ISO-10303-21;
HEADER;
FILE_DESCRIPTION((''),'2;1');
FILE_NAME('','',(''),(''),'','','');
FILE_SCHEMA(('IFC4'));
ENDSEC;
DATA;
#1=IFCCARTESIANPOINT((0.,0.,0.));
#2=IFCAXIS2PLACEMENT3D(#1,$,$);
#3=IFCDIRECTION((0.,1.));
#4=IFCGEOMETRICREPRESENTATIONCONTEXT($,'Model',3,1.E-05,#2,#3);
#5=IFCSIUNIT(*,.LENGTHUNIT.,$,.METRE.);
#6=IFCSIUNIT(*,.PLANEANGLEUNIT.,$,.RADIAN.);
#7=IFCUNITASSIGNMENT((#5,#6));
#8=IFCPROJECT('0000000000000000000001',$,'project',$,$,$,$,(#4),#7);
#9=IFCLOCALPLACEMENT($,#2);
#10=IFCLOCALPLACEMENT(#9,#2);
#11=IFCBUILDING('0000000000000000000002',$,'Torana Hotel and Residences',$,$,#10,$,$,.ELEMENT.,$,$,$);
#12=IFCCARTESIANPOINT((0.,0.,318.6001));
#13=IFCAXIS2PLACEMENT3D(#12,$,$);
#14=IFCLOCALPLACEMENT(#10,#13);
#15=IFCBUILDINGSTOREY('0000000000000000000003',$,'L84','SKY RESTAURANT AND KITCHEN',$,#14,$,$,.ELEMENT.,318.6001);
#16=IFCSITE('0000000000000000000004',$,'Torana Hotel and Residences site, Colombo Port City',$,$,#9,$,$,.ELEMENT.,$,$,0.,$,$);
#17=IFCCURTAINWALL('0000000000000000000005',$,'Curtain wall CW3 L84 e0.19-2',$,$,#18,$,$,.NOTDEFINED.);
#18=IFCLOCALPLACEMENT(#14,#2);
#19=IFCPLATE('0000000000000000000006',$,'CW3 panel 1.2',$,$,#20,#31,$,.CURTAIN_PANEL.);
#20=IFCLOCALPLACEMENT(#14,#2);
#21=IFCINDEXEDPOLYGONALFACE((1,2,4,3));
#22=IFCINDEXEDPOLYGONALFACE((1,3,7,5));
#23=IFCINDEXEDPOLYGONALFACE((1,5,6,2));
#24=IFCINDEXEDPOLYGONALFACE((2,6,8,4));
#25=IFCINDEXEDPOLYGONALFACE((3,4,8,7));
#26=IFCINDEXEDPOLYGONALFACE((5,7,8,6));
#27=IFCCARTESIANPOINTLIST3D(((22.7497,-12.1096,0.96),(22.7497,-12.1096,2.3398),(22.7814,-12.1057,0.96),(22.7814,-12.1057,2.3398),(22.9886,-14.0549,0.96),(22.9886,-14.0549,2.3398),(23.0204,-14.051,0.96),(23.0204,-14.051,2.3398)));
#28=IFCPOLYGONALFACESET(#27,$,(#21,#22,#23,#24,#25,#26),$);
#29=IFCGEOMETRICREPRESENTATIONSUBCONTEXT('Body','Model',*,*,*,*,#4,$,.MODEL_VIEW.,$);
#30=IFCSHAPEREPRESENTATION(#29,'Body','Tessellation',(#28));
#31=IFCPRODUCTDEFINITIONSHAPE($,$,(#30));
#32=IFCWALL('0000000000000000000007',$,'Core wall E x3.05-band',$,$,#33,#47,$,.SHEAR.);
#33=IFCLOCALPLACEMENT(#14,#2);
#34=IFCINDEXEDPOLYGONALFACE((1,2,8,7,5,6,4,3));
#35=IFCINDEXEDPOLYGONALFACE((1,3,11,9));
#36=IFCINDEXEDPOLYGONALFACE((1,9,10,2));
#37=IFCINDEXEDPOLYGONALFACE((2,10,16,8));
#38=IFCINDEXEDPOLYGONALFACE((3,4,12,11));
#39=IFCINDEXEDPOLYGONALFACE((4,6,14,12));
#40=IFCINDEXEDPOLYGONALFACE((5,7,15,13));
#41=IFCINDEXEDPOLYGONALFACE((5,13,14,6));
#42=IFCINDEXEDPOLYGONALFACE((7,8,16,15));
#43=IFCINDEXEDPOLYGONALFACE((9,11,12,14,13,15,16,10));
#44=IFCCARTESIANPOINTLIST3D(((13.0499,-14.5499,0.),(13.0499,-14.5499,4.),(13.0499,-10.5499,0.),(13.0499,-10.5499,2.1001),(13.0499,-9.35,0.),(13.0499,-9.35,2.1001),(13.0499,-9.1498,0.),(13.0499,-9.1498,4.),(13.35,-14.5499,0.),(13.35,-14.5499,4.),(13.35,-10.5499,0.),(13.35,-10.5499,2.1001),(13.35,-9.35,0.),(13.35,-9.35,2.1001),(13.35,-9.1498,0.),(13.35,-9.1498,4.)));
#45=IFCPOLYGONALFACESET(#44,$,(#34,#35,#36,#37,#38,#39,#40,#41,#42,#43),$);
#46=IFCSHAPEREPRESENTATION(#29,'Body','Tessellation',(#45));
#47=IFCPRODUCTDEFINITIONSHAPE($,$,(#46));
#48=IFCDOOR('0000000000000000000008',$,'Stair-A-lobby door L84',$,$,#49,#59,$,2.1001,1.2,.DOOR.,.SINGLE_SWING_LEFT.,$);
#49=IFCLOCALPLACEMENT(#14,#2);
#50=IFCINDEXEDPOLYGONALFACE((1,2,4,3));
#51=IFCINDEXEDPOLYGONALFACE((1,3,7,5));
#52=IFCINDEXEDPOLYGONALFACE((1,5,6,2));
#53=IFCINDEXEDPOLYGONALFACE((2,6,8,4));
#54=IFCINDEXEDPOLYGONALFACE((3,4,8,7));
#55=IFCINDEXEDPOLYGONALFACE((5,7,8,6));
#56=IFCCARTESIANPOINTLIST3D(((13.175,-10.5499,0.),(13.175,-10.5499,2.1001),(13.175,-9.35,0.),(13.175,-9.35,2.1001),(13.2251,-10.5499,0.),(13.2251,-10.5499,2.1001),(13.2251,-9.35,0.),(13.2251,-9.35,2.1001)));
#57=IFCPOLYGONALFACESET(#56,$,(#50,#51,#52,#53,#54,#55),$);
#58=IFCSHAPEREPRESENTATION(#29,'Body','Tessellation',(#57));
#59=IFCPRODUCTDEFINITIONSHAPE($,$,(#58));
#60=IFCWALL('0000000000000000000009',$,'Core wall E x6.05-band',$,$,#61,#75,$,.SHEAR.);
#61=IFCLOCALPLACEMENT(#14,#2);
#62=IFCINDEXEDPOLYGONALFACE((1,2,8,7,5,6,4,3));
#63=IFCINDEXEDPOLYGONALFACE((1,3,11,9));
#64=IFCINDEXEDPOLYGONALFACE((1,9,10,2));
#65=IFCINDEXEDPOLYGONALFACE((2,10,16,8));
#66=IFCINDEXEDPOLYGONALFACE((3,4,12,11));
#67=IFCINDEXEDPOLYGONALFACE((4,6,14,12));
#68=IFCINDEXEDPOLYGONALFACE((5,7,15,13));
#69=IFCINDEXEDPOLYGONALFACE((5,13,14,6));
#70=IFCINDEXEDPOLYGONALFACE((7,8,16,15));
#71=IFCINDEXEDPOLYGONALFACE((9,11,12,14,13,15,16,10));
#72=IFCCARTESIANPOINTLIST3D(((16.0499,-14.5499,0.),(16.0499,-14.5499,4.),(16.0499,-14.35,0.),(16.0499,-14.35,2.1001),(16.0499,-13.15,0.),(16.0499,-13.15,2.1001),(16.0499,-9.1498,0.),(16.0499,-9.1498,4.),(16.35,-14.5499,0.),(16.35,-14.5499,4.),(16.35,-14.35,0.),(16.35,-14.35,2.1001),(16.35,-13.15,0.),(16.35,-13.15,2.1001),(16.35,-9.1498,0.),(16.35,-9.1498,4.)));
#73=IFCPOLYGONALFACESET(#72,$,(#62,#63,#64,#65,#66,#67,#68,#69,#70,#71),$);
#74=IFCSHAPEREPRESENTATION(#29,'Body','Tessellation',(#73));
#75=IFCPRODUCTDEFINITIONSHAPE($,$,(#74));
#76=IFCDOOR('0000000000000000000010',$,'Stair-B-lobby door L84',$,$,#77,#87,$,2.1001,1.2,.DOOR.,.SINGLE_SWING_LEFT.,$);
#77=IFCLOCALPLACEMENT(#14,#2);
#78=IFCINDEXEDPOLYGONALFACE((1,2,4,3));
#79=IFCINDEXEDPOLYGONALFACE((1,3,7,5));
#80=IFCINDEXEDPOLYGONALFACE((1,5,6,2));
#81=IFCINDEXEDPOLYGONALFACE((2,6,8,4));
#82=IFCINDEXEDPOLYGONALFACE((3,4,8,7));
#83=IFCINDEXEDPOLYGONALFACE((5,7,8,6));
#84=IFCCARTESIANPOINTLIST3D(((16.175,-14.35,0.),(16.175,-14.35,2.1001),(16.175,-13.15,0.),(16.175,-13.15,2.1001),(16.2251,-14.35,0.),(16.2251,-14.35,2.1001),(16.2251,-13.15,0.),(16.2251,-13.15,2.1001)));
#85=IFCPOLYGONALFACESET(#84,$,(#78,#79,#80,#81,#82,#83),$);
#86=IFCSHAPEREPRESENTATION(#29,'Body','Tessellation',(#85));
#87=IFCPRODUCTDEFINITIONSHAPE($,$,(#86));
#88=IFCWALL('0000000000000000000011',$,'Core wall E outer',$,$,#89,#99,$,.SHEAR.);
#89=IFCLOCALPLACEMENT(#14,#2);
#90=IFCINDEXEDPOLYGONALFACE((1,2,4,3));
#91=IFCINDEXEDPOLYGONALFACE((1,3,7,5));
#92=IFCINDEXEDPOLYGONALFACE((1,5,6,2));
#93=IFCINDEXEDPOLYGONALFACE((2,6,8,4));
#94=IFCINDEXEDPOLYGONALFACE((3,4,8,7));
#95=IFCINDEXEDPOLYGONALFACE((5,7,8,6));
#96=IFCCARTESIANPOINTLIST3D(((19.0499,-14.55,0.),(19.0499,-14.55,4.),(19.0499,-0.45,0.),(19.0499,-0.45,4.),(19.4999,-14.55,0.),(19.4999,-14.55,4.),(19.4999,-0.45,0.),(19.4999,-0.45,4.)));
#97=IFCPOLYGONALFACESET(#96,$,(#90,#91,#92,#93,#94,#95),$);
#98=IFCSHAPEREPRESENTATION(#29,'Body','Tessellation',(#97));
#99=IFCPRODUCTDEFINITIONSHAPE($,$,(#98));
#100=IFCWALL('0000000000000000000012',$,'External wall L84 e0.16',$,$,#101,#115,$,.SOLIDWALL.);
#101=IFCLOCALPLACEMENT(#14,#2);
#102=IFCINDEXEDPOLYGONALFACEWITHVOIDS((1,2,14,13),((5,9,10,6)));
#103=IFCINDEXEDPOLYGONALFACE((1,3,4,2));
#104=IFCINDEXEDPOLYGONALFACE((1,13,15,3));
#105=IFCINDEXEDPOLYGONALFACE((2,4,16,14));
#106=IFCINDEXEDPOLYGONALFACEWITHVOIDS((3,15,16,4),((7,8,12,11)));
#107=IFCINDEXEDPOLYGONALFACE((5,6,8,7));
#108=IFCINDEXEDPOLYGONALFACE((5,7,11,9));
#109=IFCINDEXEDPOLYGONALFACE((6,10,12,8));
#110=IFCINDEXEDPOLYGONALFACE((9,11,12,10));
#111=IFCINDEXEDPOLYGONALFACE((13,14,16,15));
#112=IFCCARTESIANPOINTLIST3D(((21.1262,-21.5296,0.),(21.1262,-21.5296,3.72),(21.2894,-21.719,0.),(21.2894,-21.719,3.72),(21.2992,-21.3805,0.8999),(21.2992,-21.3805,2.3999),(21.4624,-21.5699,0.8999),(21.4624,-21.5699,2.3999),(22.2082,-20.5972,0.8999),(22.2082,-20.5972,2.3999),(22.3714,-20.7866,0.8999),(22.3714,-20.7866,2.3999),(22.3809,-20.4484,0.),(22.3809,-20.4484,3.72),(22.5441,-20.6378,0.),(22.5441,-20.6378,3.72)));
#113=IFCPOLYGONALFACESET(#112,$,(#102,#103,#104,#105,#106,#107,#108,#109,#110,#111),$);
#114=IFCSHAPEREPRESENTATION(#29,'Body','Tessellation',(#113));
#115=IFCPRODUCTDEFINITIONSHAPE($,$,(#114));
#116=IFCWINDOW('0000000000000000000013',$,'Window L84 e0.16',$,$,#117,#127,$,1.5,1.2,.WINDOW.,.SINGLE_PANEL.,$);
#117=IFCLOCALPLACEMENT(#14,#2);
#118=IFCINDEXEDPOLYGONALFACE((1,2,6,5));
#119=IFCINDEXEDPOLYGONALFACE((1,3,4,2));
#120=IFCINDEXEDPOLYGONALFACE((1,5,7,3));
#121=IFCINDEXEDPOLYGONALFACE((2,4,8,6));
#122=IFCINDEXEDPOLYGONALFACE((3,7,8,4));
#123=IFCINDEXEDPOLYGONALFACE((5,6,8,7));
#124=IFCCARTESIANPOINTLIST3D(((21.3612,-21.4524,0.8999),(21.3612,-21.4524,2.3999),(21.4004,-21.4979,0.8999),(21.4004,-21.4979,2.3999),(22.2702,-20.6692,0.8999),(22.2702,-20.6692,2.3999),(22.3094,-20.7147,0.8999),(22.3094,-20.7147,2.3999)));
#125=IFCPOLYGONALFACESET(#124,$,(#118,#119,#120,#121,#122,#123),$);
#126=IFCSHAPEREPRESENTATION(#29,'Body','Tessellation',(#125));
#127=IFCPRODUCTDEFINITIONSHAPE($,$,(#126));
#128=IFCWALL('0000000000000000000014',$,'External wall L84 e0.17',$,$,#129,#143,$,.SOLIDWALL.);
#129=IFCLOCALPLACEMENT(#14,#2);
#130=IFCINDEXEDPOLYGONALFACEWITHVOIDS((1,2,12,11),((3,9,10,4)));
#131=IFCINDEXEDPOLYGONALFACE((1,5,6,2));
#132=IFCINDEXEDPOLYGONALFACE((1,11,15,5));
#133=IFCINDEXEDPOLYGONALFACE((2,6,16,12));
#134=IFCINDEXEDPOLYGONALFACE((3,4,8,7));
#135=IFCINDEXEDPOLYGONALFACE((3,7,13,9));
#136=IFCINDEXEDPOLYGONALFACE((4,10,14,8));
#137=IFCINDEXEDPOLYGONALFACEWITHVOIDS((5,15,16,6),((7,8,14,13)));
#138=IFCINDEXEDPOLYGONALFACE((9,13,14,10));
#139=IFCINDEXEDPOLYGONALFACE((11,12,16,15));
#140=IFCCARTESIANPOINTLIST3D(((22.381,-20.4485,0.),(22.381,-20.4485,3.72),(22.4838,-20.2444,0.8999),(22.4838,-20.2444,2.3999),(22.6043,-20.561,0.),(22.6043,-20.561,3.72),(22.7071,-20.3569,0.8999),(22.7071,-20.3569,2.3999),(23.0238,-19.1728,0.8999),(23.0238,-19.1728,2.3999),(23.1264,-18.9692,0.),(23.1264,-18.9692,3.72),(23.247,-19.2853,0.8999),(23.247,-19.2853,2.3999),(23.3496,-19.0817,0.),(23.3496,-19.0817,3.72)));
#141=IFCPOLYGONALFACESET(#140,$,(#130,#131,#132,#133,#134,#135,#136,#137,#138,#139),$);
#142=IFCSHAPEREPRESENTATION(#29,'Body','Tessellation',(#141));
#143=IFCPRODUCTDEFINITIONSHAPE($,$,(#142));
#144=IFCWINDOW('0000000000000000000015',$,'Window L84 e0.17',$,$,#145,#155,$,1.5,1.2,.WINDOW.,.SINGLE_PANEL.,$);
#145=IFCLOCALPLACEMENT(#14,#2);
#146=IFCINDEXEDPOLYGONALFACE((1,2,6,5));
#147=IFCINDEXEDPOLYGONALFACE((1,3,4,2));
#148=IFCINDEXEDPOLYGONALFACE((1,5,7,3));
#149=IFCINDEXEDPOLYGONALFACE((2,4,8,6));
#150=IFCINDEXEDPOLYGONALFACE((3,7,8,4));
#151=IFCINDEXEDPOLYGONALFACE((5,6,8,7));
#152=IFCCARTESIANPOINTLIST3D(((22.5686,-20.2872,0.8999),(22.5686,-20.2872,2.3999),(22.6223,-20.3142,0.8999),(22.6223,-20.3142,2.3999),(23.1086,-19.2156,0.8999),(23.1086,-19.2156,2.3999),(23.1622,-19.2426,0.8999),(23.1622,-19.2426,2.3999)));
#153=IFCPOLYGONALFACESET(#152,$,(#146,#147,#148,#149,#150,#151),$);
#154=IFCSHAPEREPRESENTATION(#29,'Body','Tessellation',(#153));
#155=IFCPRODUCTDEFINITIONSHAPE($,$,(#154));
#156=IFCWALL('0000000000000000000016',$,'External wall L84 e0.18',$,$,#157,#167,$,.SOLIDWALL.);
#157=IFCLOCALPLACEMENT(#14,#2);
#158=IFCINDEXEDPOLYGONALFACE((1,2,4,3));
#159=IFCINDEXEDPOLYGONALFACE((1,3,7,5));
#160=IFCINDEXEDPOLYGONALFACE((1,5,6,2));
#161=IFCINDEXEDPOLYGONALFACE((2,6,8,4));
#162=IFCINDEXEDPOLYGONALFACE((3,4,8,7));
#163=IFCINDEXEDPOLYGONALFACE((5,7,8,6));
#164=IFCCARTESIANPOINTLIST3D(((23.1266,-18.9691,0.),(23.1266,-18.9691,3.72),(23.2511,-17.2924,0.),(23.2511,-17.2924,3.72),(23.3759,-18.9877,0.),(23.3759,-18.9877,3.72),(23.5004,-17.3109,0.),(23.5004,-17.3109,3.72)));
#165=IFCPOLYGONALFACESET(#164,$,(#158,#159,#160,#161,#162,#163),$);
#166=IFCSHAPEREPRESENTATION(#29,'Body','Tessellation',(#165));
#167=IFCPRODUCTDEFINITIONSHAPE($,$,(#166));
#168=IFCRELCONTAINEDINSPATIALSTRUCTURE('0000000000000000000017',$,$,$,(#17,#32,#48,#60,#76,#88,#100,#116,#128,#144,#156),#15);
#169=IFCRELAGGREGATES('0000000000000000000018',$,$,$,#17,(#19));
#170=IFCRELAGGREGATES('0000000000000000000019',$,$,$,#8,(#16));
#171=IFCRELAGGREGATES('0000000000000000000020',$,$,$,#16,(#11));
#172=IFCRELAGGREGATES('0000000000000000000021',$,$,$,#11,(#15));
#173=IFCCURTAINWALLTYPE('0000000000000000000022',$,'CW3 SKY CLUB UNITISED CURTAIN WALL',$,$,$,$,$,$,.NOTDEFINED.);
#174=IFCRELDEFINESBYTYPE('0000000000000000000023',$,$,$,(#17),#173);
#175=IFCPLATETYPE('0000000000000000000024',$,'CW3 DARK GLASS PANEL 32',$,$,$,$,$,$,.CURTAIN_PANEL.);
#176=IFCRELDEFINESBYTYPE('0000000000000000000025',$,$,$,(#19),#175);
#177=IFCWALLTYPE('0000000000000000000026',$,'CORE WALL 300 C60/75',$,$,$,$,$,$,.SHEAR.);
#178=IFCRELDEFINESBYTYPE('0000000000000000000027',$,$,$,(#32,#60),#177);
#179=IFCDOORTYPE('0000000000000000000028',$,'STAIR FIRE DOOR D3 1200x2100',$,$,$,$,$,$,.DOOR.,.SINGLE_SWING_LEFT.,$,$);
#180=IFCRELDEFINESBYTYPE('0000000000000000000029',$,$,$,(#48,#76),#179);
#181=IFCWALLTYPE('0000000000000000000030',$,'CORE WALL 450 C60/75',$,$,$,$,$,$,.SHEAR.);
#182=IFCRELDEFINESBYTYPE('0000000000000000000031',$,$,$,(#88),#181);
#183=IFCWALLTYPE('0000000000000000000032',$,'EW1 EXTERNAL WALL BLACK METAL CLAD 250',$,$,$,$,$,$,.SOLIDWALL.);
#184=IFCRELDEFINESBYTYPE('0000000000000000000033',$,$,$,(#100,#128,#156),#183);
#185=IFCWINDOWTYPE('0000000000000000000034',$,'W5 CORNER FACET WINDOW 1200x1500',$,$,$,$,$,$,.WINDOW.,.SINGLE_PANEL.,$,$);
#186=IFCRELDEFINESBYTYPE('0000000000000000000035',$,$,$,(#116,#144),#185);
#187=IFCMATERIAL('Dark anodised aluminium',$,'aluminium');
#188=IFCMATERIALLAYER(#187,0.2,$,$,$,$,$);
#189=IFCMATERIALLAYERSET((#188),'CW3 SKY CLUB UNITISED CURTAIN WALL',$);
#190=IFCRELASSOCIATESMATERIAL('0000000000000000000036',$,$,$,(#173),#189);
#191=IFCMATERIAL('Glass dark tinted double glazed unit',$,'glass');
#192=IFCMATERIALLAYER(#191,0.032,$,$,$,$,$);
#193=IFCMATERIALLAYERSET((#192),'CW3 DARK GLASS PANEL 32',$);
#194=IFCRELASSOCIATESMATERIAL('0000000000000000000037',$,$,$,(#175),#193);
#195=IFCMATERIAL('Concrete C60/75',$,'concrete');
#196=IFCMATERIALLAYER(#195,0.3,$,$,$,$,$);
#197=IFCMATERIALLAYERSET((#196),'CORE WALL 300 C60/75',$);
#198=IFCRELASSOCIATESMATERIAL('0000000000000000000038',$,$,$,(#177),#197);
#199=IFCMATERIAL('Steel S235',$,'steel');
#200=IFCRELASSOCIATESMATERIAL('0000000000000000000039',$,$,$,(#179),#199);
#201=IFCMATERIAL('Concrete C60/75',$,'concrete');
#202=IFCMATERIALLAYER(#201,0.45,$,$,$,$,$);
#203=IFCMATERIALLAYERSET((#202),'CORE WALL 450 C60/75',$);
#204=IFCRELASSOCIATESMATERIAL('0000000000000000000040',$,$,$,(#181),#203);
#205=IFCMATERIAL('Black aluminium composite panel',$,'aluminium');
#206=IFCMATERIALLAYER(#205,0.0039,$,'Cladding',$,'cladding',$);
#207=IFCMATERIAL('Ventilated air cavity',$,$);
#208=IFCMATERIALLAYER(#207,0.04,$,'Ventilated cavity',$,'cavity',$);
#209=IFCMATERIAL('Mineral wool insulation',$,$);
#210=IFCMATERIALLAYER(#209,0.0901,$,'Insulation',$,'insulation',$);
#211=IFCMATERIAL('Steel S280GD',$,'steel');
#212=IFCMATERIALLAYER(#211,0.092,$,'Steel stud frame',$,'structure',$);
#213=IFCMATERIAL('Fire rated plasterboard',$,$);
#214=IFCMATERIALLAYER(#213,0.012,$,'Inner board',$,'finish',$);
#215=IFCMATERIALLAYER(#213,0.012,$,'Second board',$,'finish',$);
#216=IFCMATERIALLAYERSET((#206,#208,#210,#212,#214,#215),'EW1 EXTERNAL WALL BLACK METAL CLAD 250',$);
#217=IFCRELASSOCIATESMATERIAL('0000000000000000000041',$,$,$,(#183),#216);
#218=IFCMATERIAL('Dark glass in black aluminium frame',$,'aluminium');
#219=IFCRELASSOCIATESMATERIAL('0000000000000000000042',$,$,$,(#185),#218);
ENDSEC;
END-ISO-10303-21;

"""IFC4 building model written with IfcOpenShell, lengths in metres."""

from ifc_helpers import new_model, si_unit, direction, frame, frame_2d, origin, origin_2d, place, context, subcontext, project, spatial, rectangle, extrude, material, layer, layer_set, type_object, element, fill, aggregate, save


model = new_model("IFC4")

# Units and contexts
model_context = context("Model", 3, precision=1e-05, world=origin(), true_north=direction((0.0, 1.0)))
body_context = subcontext(model_context, "Body", "Model", "MODEL_VIEW")
ifc_project = project(units=[si_unit("LENGTHUNIT", "METRE"), si_unit("PLANEANGLEUNIT", "RADIAN")], contexts=[model_context])

# Site, building, storey
site_placement = place(None, origin())
site = spatial("IfcSite", under=ifc_project, at=site_placement, Name="Torana Hotel and Residences site, Colombo Port City", CompositionType="ELEMENT", RefElevation=0.0)
building_placement = place(site_placement, origin())
building = spatial("IfcBuilding", under=site, at=building_placement, Name="Torana Hotel and Residences", CompositionType="ELEMENT")
storey_placement = place(building_placement, frame((0.0, 0.0, 318.6001)))
storey = spatial("IfcBuildingStorey", under=building, at=storey_placement, Name="L84", Description="SKY RESTAURANT AND KITCHEN", CompositionType="ELEMENT", Elevation=318.6001)

# Curtain wall, plate
ifc_material_1 = material(Name="Dark anodised aluminium", Category="aluminium")
ifc_layer_1 = layer(ifc_material_1, 0.2)
ifc_layer_set_1 = layer_set([ifc_layer_1], Name="CW3 SKY CLUB UNITISED CURTAIN WALL")
curtain_wall_type = type_object("IfcCurtainWallType", Name="CW3 SKY CLUB UNITISED CURTAIN WALL", PredefinedType="NOTDEFINED", material=ifc_layer_set_1)
curtain_wall_placement = place(storey_placement, origin())
curtain_wall = element("IfcCurtainWall", 1, at=curtain_wall_placement, inside=storey, type_object=curtain_wall_type, Name="Curtain wall CW3 L84 e0.19-2", PredefinedType="NOTDEFINED")
ifc_material_2 = material(Name="Glass dark tinted double glazed unit", Category="glass")
ifc_layer_2 = layer(ifc_material_2, 0.032)
ifc_layer_set_2 = layer_set([ifc_layer_2], Name="CW3 DARK GLASS PANEL 32")
plate_type = type_object("IfcPlateType", Name="CW3 DARK GLASS PANEL 32", PredefinedType="CURTAIN_PANEL", material=ifc_layer_set_2)
plate_1_placement = place(storey_placement, frame((22.885, -13.0803, 0.96), z_axis=(0.0, 0.0, 1.0), x_axis=(-0.121913, 0.992541, 0.0)))
plate_1 = element("IfcPlate", 2, at=plate_1_placement, type_object=plate_type, Name="CW3 panel 1.2", PredefinedType="CURTAIN_PANEL", context=body_context, shape_type="SweptSolid", body=[
    extrude(rectangle(XDim=1.96, YDim=0.032, at=origin_2d()), origin(), (0.0, 0.0, 1.0), 1.3799),
])
aggregate(curtain_wall, [plate_1])

# Walls, openings, doors
ifc_material_3 = material(Name="Concrete C60/75", Category="concrete")
ifc_layer_3 = layer(ifc_material_3, 0.3)
ifc_layer_set_3 = layer_set([ifc_layer_3], Name="CORE WALL 300 C60/75")
wall_type_1 = type_object("IfcWallType", Name="CORE WALL 300 C60/75", PredefinedType="SHEAR", material=ifc_layer_set_3)
wall_1_placement = place(storey_placement, frame((13.2, -14.55, 0.0), z_axis=(0.0, 0.0, 1.0), x_axis=(0.0, 1.0, 0.0)))
wall_1 = element("IfcWall", 3, at=wall_1_placement, inside=storey, type_object=wall_type_1, Name="Core wall E x3.05-band", PredefinedType="SHEAR", context=body_context, shape_type="SweptSolid", body=[
    extrude(rectangle(XDim=5.4001, YDim=0.3, at=frame_2d((2.7002, 0.0))), origin(), (0.0, 0.0, 1.0), 4.0),
])
opening_1_placement = place(wall_1_placement, frame((4.0, 0.0, 0.0)))
opening_1 = element("IfcOpeningElement", 4, at=opening_1_placement, cuts=wall_1, PredefinedType="OPENING", context=body_context, shape_type="SweptSolid", body=[
    extrude(rectangle(XDim=1.2, YDim=2.1001, at=frame_2d((0.6001, 1.05))), frame((0.0, 0.1599, 0.0), z_axis=(0.0, -1.0, 0.0), x_axis=(1.0, 0.0, 0.0)), (0.0, 0.0, 1.0), 0.3201),
])
ifc_material_4 = material(Name="Steel S235", Category="steel")
door_type_1 = type_object("IfcDoorType", Name="STAIR FIRE DOOR D3 1200x2100", OperationType="SINGLE_SWING_LEFT", PredefinedType="DOOR", material=ifc_material_4)
door_1_placement = place(opening_1_placement, origin())
door_1 = element("IfcDoor", 5, at=door_1_placement, inside=storey, type_object=door_type_1, Name="Stair-A-lobby door L84", OperationType="SINGLE_SWING_LEFT", OverallHeight=2.1001, OverallWidth=1.2, PredefinedType="DOOR", context=body_context, shape_type="SweptSolid", body=[
    extrude(rectangle(XDim=1.2, YDim=2.1001, at=frame_2d((0.6001, 1.05))), frame((0.0, 0.0249, 0.0), z_axis=(0.0, -1.0, 0.0), x_axis=(1.0, 0.0, 0.0)), (0.0, 0.0, 1.0), 0.05),
])
fill(opening_1, door_1)
wall_2_placement = place(storey_placement, frame((16.2, -14.55, 0.0), z_axis=(0.0, 0.0, 1.0), x_axis=(0.0, 1.0, 0.0)))
wall_2 = element("IfcWall", 6, at=wall_2_placement, inside=storey, type_object=wall_type_1, Name="Core wall E x6.05-band", PredefinedType="SHEAR", context=body_context, shape_type="SweptSolid", body=[
    extrude(rectangle(XDim=5.4001, YDim=0.3, at=frame_2d((2.7002, 0.0))), origin(), (0.0, 0.0, 1.0), 4.0),
])
opening_2_placement = place(wall_2_placement, frame((0.2, 0.0, 0.0)))
opening_2 = element("IfcOpeningElement", 7, at=opening_2_placement, cuts=wall_2, PredefinedType="OPENING", context=body_context, shape_type="SweptSolid", body=[
    extrude(rectangle(XDim=1.2, YDim=2.1001, at=frame_2d((0.6001, 1.05))), frame((0.0, 0.1599, 0.0), z_axis=(0.0, -1.0, 0.0), x_axis=(1.0, 0.0, 0.0)), (0.0, 0.0, 1.0), 0.3201),
])
door_2_placement = place(opening_2_placement, frame((0.6001, 0.0, 0.0), z_axis=(0.0, 0.0, 1.0), x_axis=(-1.0, 0.0, 0.0)))
door_2 = element("IfcDoor", 8, at=door_2_placement, inside=storey, type_object=door_type_1, Name="Stair-B-lobby door L84", OperationType="SINGLE_SWING_LEFT", OverallHeight=2.1001, OverallWidth=1.2, PredefinedType="DOOR", context=body_context, shape_type="SweptSolid", body=[
    extrude(rectangle(XDim=1.2, YDim=2.1001, at=frame_2d((0.0, 1.05))), frame((0.0, -0.0249, 0.0), z_axis=(0.0, 1.0, 0.0), x_axis=(-1.0, 0.0, 0.0)), (0.0, 0.0, 1.0), 0.05),
])
fill(opening_2, door_2)

# Wall
ifc_material_5 = material(Name="Concrete C60/75", Category="concrete")
ifc_layer_4 = layer(ifc_material_5, 0.45)
ifc_layer_set_4 = layer_set([ifc_layer_4], Name="CORE WALL 450 C60/75")
wall_type_2 = type_object("IfcWallType", Name="CORE WALL 450 C60/75", PredefinedType="SHEAR", material=ifc_layer_set_4)
wall_3_placement = place(storey_placement, frame((19.2749, -14.55, 0.0), z_axis=(0.0, 0.0, 1.0), x_axis=(0.0, 1.0, 0.0)))
element("IfcWall", 9, at=wall_3_placement, inside=storey, type_object=wall_type_2, Name="Core wall E outer", PredefinedType="SHEAR", context=body_context, shape_type="SweptSolid", body=[
    extrude(rectangle(XDim=14.1001, YDim=0.45, at=frame_2d((7.05, 0.0))), origin(), (0.0, 0.0, 1.0), 4.0),
])

# Walls, openings, windows
ifc_material_6 = material(Name="Black aluminium composite panel", Category="aluminium")
ifc_layer_5 = layer(ifc_material_6, 0.0039, Name="Cladding", Category="cladding")
ifc_material_7 = material(Name="Ventilated air cavity")
ifc_layer_6 = layer(ifc_material_7, 0.04, Name="Ventilated cavity", Category="cavity")
ifc_material_8 = material(Name="Mineral wool insulation")
ifc_layer_7 = layer(ifc_material_8, 0.0901, Name="Insulation", Category="insulation")
ifc_material_9 = material(Name="Steel S280GD", Category="steel")
ifc_layer_8 = layer(ifc_material_9, 0.092, Name="Steel stud frame", Category="structure")
ifc_material_10 = material(Name="Fire rated plasterboard")
ifc_layer_9 = layer(ifc_material_10, 0.012, Name="Inner board", Category="finish")
ifc_layer_10 = layer(ifc_material_10, 0.012, Name="Second board", Category="finish")
ifc_layer_set_5 = layer_set([ifc_layer_5, ifc_layer_6, ifc_layer_7, ifc_layer_8, ifc_layer_9, ifc_layer_10], Name="EW1 EXTERNAL WALL BLACK METAL CLAD 250")
wall_type_3 = type_object("IfcWallType", Name="EW1 EXTERNAL WALL BLACK METAL CLAD 250", PredefinedType="SOLIDWALL", material=ifc_layer_set_5)
wall_4_placement = place(storey_placement, frame((21.2078, -21.6243, 0.0), z_axis=(0.0, 0.0, 1.0), x_axis=(0.757568, 0.652756, 0.0)))
wall_4 = element("IfcWall", 10, at=wall_4_placement, inside=storey, type_object=wall_type_3, Name="External wall L84 e0.16", PredefinedType="SOLIDWALL", context=body_context, shape_type="SweptSolid", body=[
    extrude(rectangle(XDim=1.6562, YDim=0.25, at=frame_2d((0.8281, 0.0))), origin(), (0.0, 0.0, 1.0), 3.72),
])
opening_3_placement = place(wall_4_placement, frame((0.2283, 0.0, 0.8999)))
opening_3 = element("IfcOpeningElement", 11, at=opening_3_placement, cuts=wall_4, PredefinedType="OPENING", context=body_context, shape_type="SweptSolid", body=[
    extrude(rectangle(XDim=1.2, YDim=1.5, at=frame_2d((0.6001, 0.75))), frame((0.0, 0.135, 0.0), z_axis=(0.0, -1.0, 0.0), x_axis=(1.0, 0.0, 0.0)), (0.0, 0.0, 1.0), 0.27),
])
ifc_material_11 = material(Name="Dark glass in black aluminium frame", Category="aluminium")
window_type = type_object("IfcWindowType", Name="W5 CORNER FACET WINDOW 1200x1500", PartitioningType="SINGLE_PANEL", PredefinedType="WINDOW", material=ifc_material_11)
window_1_placement = place(opening_3_placement, origin())
window_1 = element("IfcWindow", 12, at=window_1_placement, inside=storey, type_object=window_type, Name="Window L84 e0.16", OverallHeight=1.5, OverallWidth=1.2, PartitioningType="SINGLE_PANEL", PredefinedType="WINDOW", context=body_context, shape_type="SweptSolid", body=[
    extrude(rectangle(XDim=1.2, YDim=1.5, at=frame_2d((0.6001, 0.75))), frame((0.0, 0.03, 0.0), z_axis=(0.0, -1.0, 0.0), x_axis=(1.0, 0.0, 0.0)), (0.0, 0.0, 1.0), 0.0601),
])
fill(opening_3, window_1)
wall_5_placement = place(storey_placement, frame((22.4927, -20.5046, 0.0), z_axis=(0.0, 0.0, 1.0), x_axis=(0.449982, 0.893037, 0.0)))
wall_5 = element("IfcWall", 13, at=wall_5_placement, inside=storey, type_object=wall_type_3, Name="External wall L84 e0.17", PredefinedType="SOLIDWALL", context=body_context, shape_type="SweptSolid", body=[
    extrude(rectangle(XDim=1.6565, YDim=0.25, at=frame_2d((0.8281, 0.0))), origin(), (0.0, 0.0, 1.0), 3.72),
])
opening_4_placement = place(wall_5_placement, frame((0.2283, 0.0, 0.8999)))
opening_4 = element("IfcOpeningElement", 14, at=opening_4_placement, cuts=wall_5, PredefinedType="OPENING", context=body_context, shape_type="SweptSolid", body=[
    extrude(rectangle(XDim=1.2, YDim=1.5, at=frame_2d((0.6001, 0.75))), frame((0.0, 0.135, 0.0), z_axis=(0.0, -1.0, 0.0), x_axis=(1.0, 0.0, 0.0)), (0.0, 0.0, 1.0), 0.27),
])
window_2_placement = place(opening_4_placement, origin())
window_2 = element("IfcWindow", 15, at=window_2_placement, inside=storey, type_object=window_type, Name="Window L84 e0.17", OverallHeight=1.5, OverallWidth=1.2, PartitioningType="SINGLE_PANEL", PredefinedType="WINDOW", context=body_context, shape_type="SweptSolid", body=[
    extrude(rectangle(XDim=1.2, YDim=1.5, at=frame_2d((0.6001, 0.75))), frame((0.0, 0.03, 0.0), z_axis=(0.0, -1.0, 0.0), x_axis=(1.0, 0.0, 0.0)), (0.0, 0.0, 1.0), 0.0601),
])
fill(opening_4, window_2)

# Wall
wall_6_placement = place(storey_placement, frame((23.2512, -18.9785, 0.0), z_axis=(0.0, 0.0, 1.0), x_axis=(0.074054, 0.997254, 0.0)))
element("IfcWall", 16, at=wall_6_placement, inside=storey, type_object=wall_type_3, Name="External wall L84 e0.18", PredefinedType="SOLIDWALL", context=body_context, shape_type="SweptSolid", body=[
    extrude(rectangle(XDim=1.6814, YDim=0.25, at=frame_2d((0.8408, 0.0))), origin(), (0.0, 0.0, 1.0), 3.72),
])

save(model, "model.ifc")
